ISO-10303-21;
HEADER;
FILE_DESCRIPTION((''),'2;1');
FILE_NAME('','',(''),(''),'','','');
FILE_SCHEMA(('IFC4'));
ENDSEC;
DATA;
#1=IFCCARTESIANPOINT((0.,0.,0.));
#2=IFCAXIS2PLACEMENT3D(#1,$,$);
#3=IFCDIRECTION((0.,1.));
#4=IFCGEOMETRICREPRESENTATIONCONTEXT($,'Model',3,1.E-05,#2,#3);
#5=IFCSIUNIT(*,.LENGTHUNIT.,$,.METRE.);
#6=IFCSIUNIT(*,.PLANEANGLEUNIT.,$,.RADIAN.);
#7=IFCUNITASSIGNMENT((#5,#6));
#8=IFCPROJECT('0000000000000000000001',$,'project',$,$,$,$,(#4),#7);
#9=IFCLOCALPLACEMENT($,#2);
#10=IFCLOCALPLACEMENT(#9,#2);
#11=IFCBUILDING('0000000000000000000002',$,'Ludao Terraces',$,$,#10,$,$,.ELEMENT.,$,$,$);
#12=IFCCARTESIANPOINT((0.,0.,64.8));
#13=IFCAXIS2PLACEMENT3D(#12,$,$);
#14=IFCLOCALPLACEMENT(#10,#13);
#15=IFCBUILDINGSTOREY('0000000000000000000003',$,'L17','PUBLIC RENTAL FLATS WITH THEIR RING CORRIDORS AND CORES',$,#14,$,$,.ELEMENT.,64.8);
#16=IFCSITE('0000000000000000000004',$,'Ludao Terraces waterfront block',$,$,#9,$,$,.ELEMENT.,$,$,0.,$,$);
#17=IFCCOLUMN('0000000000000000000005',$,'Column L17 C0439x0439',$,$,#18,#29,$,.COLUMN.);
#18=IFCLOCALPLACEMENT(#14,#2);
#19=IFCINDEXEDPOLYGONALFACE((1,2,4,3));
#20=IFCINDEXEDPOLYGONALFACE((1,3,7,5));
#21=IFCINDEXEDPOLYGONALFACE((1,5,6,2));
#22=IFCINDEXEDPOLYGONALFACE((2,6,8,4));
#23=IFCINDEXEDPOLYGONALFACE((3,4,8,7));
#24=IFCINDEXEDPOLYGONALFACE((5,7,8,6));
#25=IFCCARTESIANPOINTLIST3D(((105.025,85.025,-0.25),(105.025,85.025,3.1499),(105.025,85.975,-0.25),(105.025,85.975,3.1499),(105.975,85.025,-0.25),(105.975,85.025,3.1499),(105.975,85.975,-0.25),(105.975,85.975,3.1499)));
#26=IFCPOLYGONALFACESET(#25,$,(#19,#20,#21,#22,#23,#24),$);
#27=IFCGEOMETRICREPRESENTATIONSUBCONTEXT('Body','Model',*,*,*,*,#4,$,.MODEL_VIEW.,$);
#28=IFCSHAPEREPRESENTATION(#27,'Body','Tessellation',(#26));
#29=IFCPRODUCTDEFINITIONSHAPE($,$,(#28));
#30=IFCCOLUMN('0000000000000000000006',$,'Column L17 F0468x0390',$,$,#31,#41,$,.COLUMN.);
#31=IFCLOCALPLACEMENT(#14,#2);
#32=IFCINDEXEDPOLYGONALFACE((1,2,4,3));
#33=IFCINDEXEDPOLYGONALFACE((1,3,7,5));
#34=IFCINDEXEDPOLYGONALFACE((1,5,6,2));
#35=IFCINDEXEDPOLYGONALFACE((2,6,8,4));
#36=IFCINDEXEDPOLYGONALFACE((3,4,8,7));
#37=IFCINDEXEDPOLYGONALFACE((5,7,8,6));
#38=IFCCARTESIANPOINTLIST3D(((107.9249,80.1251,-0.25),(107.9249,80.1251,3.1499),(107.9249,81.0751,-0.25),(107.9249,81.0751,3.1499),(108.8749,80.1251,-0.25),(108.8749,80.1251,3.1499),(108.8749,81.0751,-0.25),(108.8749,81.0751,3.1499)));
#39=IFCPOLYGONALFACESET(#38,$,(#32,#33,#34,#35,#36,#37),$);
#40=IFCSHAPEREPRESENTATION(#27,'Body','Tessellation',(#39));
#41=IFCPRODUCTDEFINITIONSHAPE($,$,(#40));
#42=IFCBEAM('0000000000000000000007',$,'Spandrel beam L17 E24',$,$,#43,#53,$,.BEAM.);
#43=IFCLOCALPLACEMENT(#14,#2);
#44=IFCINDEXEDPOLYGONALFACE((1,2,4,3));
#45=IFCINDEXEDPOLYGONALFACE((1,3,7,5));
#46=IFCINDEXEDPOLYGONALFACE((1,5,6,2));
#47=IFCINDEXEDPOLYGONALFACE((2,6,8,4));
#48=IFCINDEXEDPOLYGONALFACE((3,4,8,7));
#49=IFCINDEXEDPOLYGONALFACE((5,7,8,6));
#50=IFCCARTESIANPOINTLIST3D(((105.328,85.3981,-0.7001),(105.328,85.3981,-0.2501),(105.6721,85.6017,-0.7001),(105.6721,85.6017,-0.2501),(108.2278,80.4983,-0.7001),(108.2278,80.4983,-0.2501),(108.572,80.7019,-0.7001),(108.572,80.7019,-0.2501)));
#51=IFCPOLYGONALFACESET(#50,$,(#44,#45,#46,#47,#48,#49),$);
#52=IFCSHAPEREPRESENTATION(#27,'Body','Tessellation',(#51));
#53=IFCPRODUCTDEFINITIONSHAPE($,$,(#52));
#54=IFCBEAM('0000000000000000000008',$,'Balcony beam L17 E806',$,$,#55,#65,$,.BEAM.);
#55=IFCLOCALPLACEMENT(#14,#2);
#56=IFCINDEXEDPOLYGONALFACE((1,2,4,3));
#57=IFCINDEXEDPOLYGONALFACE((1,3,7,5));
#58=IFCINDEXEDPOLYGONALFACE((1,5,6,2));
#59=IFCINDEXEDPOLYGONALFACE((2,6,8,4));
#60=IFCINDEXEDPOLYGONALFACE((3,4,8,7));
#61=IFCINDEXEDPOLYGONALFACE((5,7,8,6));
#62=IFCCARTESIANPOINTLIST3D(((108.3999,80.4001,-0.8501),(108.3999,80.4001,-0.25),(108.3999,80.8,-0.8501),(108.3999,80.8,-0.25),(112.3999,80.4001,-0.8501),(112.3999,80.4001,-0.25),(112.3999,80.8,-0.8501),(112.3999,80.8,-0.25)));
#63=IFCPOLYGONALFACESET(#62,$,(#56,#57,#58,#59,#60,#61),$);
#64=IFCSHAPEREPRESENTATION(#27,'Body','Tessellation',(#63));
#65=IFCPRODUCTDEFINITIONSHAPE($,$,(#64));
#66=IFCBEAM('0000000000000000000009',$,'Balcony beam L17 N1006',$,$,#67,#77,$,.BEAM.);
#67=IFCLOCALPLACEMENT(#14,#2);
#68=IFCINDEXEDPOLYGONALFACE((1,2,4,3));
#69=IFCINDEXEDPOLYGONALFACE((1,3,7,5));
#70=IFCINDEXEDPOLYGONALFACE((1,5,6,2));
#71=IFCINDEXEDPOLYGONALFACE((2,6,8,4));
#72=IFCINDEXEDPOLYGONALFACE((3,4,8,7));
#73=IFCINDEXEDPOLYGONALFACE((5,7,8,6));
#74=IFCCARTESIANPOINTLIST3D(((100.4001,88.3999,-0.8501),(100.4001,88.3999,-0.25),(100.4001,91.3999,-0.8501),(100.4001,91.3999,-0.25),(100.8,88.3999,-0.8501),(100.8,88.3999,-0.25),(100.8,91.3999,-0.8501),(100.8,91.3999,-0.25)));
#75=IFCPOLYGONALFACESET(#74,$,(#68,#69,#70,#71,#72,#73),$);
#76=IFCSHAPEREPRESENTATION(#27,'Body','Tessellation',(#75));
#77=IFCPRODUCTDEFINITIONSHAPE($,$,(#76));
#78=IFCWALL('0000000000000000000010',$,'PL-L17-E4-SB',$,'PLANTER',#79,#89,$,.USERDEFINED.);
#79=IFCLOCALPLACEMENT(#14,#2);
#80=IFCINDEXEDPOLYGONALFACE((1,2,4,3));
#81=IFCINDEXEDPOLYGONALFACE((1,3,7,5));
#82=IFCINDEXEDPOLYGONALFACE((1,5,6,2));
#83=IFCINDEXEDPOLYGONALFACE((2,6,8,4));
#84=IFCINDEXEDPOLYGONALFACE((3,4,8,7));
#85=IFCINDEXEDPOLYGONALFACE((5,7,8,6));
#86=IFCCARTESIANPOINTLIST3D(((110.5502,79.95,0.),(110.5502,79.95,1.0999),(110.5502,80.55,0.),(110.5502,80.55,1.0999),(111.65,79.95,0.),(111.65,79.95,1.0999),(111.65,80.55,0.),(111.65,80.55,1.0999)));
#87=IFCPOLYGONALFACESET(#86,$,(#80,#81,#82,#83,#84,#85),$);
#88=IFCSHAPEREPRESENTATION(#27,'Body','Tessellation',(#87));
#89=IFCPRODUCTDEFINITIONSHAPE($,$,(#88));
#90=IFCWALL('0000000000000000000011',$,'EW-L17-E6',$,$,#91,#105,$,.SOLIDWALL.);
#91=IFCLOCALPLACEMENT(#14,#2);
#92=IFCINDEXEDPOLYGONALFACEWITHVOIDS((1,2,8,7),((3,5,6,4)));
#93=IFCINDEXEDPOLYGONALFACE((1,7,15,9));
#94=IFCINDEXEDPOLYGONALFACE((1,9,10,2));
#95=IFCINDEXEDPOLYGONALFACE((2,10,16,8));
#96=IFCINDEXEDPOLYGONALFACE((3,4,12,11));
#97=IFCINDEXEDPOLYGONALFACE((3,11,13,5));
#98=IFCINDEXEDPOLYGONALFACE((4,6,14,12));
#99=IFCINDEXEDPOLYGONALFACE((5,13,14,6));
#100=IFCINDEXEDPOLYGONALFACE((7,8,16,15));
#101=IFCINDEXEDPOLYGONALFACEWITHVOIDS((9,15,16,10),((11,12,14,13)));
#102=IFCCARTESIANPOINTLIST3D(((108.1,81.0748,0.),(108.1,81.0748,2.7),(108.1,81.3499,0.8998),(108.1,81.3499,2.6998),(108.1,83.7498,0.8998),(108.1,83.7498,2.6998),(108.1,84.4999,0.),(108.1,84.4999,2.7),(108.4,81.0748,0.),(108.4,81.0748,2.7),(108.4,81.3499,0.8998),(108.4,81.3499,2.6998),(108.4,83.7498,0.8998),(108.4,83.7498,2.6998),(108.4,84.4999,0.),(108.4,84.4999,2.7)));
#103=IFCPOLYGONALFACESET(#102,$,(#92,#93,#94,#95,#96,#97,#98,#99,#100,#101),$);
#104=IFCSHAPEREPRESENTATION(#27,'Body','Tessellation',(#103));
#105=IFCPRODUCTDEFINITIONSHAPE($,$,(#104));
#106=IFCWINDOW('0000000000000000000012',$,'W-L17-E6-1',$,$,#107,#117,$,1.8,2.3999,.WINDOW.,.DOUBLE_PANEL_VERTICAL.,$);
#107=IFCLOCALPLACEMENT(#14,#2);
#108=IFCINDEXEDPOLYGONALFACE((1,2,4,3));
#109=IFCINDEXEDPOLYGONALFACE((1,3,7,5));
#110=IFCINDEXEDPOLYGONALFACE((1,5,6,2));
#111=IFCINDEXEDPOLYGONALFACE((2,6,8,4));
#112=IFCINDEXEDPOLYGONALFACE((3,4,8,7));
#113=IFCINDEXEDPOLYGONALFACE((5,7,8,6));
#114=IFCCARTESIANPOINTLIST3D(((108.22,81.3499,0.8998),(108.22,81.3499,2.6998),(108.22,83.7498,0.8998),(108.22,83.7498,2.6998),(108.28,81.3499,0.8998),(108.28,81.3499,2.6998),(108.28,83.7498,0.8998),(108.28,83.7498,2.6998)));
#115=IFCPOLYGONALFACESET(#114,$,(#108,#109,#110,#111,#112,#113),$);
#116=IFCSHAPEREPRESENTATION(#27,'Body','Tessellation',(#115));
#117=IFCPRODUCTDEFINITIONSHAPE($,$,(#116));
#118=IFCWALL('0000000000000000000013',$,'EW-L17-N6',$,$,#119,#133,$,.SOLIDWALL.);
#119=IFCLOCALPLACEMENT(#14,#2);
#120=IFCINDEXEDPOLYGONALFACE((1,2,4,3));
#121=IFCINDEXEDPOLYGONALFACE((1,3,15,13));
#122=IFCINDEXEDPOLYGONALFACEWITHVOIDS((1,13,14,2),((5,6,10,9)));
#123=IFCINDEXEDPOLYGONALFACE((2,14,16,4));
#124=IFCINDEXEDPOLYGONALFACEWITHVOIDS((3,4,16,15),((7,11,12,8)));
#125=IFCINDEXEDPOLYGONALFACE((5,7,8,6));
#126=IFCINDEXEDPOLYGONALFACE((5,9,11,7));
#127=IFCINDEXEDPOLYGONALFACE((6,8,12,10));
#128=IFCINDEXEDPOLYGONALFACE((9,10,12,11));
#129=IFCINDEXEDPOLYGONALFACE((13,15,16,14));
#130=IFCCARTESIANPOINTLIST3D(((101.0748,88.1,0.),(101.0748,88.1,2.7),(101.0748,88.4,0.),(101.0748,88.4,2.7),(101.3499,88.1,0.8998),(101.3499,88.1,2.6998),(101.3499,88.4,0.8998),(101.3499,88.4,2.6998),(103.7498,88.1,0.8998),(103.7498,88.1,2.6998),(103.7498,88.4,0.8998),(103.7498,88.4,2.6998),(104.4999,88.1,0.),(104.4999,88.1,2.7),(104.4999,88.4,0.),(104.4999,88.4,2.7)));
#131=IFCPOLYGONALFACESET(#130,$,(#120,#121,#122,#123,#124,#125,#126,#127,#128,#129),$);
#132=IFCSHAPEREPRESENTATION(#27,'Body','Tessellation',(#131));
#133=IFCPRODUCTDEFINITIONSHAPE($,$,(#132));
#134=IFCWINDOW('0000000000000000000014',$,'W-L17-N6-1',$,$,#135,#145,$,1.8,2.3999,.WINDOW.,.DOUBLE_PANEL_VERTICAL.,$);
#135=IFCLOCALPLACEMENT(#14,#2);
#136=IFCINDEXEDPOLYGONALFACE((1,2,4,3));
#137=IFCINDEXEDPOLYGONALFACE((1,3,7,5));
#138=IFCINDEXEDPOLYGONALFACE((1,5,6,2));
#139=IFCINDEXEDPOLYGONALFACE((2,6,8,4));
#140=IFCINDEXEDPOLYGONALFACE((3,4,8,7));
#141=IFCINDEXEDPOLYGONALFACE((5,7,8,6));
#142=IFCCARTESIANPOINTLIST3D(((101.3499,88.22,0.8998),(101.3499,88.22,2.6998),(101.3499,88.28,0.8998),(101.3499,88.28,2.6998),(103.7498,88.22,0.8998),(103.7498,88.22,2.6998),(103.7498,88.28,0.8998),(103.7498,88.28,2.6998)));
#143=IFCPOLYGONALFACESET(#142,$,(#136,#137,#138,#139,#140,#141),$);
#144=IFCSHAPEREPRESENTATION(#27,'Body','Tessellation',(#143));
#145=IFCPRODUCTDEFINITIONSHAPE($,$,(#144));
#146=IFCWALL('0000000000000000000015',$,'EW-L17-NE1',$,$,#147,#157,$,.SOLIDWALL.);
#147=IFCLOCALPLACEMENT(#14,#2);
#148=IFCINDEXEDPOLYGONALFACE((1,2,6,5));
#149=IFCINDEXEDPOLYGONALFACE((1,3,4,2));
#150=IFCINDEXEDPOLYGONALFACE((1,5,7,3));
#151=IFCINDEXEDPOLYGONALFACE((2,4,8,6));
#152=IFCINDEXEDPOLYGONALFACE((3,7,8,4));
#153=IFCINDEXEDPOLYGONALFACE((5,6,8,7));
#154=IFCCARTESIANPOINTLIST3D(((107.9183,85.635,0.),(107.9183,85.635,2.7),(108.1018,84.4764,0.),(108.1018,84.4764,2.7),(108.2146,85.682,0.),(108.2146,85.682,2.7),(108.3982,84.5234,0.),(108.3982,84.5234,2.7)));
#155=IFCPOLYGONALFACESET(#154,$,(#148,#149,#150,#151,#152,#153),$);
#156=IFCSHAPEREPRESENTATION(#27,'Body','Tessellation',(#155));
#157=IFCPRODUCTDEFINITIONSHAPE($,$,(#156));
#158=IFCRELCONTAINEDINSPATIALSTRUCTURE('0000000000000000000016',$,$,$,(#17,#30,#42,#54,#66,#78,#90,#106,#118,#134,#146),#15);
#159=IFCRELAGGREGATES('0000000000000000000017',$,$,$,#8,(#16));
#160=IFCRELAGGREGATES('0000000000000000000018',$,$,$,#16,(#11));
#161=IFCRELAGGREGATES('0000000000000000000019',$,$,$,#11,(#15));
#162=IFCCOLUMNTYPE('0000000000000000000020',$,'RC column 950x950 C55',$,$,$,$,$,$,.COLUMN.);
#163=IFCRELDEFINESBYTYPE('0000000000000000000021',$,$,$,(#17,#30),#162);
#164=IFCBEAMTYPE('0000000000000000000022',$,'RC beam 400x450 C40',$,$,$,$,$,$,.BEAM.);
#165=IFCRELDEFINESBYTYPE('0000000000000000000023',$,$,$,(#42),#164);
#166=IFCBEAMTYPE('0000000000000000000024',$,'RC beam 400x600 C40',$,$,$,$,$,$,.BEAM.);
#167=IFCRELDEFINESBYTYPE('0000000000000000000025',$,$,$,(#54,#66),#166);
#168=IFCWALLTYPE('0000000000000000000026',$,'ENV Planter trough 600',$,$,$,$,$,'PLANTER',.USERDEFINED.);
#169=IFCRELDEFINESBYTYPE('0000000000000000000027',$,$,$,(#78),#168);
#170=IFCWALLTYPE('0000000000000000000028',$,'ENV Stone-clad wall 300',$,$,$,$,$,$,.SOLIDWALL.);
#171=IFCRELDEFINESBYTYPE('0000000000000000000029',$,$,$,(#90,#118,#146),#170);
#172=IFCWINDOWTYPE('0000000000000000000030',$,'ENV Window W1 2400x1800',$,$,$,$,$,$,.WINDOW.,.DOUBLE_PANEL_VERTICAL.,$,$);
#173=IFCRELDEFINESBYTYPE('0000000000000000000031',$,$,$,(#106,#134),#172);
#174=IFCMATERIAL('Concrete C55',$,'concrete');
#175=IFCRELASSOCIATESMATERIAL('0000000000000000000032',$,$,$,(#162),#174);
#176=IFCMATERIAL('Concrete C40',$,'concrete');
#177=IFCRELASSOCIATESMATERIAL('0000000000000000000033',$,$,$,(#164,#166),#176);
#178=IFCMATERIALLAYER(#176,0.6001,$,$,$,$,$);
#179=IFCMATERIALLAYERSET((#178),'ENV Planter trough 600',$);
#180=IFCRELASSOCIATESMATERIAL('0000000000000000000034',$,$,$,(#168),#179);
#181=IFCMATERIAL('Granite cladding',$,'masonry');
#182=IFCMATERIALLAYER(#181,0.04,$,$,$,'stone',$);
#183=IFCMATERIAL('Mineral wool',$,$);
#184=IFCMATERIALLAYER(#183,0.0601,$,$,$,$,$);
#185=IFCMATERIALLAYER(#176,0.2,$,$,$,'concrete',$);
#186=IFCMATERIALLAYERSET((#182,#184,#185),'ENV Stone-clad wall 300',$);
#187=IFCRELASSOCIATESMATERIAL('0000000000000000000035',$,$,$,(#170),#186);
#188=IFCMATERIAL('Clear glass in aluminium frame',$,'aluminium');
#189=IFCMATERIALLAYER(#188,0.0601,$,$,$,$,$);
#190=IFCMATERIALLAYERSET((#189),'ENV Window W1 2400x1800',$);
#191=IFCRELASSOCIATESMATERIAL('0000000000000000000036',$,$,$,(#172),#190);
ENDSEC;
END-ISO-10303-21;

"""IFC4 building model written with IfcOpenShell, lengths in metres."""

from ifc_helpers import new_model, si_unit, direction, frame, frame_2d, origin, origin_2d, place, context, subcontext, project, spatial, rectangle, extrude, material, layer, layer_set, material_profile, profile_set, type_object, element, fill, save


model = new_model("IFC4")

# Units and contexts
model_context = context("Model", 3, precision=1e-05, world=origin(), true_north=direction((0.0, 1.0)))
body_context = subcontext(model_context, "Body", "Model", "MODEL_VIEW")
ifc_project = project(units=[si_unit("LENGTHUNIT", "METRE"), si_unit("PLANEANGLEUNIT", "RADIAN")], contexts=[model_context])

# Site, building, storey
site_placement = place(None, origin())
site = spatial("IfcSite", under=ifc_project, at=site_placement, Name="Ludao Terraces waterfront block", CompositionType="ELEMENT", RefElevation=0.0)
building_placement = place(site_placement, origin())
building = spatial("IfcBuilding", under=site, at=building_placement, Name="Ludao Terraces", CompositionType="ELEMENT")
storey_placement = place(building_placement, frame((0.0, 0.0, 64.8)))
storey = spatial("IfcBuildingStorey", under=building, at=storey_placement, Name="L17", Description="PUBLIC RENTAL FLATS WITH THEIR RING CORRIDORS AND CORES", CompositionType="ELEMENT", Elevation=64.8)

# Columns
ifc_material_1 = material(Name="Concrete C55", Category="concrete")
ifc_material_profile_1 = material_profile(ifc_material_1, rectangle(XDim=0.95, YDim=0.95, at=origin_2d()), Name="950 X 950")
ifc_profile_set_1 = profile_set([ifc_material_profile_1], Name="Concrete C55")
column_type = type_object("IfcColumnType", Name="RC column 950x950 C55", PredefinedType="COLUMN", material=ifc_profile_set_1)
for number, where, z_axis, x_axis, name in (
    (1, (105.5, 85.5, -0.25), (0.0, 0.0, 1.0), (1.0, 0.0, 0.0), "Column L17 C0439x0439"),
    (2, (108.3999, 80.6001, -0.25), (0.0, 0.0, 1.0), (1.0, 0.0, 0.0), "Column L17 F0468x0390"),
):
    element("IfcColumn", number, at=place(storey_placement, frame(where, z_axis=z_axis, x_axis=x_axis)), inside=storey, type_object=column_type, Name=name, PredefinedType="COLUMN", context=body_context, shape_type="SweptSolid", body=[
        extrude(rectangle(XDim=0.95, YDim=0.95, at=origin_2d()), origin(), (0.0, 0.0, 1.0), 3.3999),
    ])

# Beams
ifc_material_2 = material(Name="Concrete C40", Category="concrete")
ifc_material_profile_2 = material_profile(ifc_material_2, rectangle(XDim=0.3999, YDim=0.45, at=origin_2d()), Name="400 X 450")
ifc_profile_set_2 = profile_set([ifc_material_profile_2], Name="Concrete C40")
beam_type_1 = type_object("IfcBeamType", Name="RC beam 400x450 C40", PredefinedType="BEAM", material=ifc_profile_set_2)
beam_1_placement = place(storey_placement, frame((108.3999, 80.6001, -0.4751), z_axis=(-0.509316, 0.86058, 0.0), x_axis=(-0.86058, -0.509316, 0.0)))
element("IfcBeam", 3, at=beam_1_placement, inside=storey, type_object=beam_type_1, Name="Spandrel beam L17 E24", PredefinedType="BEAM", context=body_context, shape_type="SweptSolid", body=[
    extrude(rectangle(XDim=0.3999, YDim=0.45, at=origin_2d()), origin(), (0.0, 0.0, 1.0), 5.6936),
])
ifc_material_profile_3 = material_profile(ifc_material_2, rectangle(XDim=0.3999, YDim=0.6001, at=origin_2d()), Name="400 X 600")
ifc_profile_set_3 = profile_set([ifc_material_profile_3], Name="Concrete C40")
beam_type_2 = type_object("IfcBeamType", Name="RC beam 400x600 C40", PredefinedType="BEAM", material=ifc_profile_set_3)
beam_2_placement = place(storey_placement, frame((108.3999, 80.6001, -0.55), z_axis=(1.0, 0.0, 0.0), x_axis=(0.0, 1.0, 0.0)))
element("IfcBeam", 4, at=beam_2_placement, inside=storey, type_object=beam_type_2, Name="Balcony beam L17 E806", PredefinedType="BEAM", context=body_context, shape_type="SweptSolid", body=[
    extrude(rectangle(XDim=0.3999, YDim=0.6001, at=origin_2d()), origin(), (0.0, 0.0, 1.0), 4.0),
])
beam_3_placement = place(storey_placement, frame((100.6001, 88.3999, -0.55), z_axis=(0.0, 1.0, 0.0), x_axis=(-1.0, 0.0, 0.0)))
element("IfcBeam", 5, at=beam_3_placement, inside=storey, type_object=beam_type_2, Name="Balcony beam L17 N1006", PredefinedType="BEAM", context=body_context, shape_type="SweptSolid", body=[
    extrude(rectangle(XDim=0.3999, YDim=0.6001, at=origin_2d()), origin(), (0.0, 0.0, 1.0), 3.0),
])

# Wall
ifc_layer_1 = layer(ifc_material_2, 0.6001)
ifc_layer_set_1 = layer_set([ifc_layer_1], Name="ENV Planter trough 600")
wall_type_1 = type_object("IfcWallType", Name="ENV Planter trough 600", ElementType="PLANTER", PredefinedType="USERDEFINED", material=ifc_layer_set_1)
wall_1_placement = place(storey_placement, frame((111.6499, 80.25, 0.0), z_axis=(0.0, 0.0, 1.0), x_axis=(-1.0, 0.0, 0.0)))
element("IfcWall", 6, at=wall_1_placement, inside=storey, type_object=wall_type_1, Name="PL-L17-E4-SB", ObjectType="PLANTER", PredefinedType="USERDEFINED", context=body_context, shape_type="SweptSolid", body=[
    extrude(rectangle(XDim=1.0999, YDim=0.6001, at=frame_2d((0.5498, 0.0))), origin(), (0.0, 0.0, 1.0), 1.0999),
])

# Walls, openings, windows
ifc_material_3 = material(Name="Granite cladding", Category="masonry")
ifc_layer_2 = layer(ifc_material_3, 0.04, Category="stone")
ifc_material_4 = material(Name="Mineral wool")
ifc_layer_3 = layer(ifc_material_4, 0.0601)
ifc_layer_4 = layer(ifc_material_2, 0.2, Category="concrete")
ifc_layer_set_2 = layer_set([ifc_layer_2, ifc_layer_3, ifc_layer_4], Name="ENV Stone-clad wall 300")
wall_type_2 = type_object("IfcWallType", Name="ENV Stone-clad wall 300", PredefinedType="SOLIDWALL", material=ifc_layer_set_2)
wall_2_placement = place(storey_placement, frame((108.25, 81.075, 0.0), z_axis=(0.0, 0.0, 1.0), x_axis=(0.0, 1.0, 0.0)))
wall_2 = element("IfcWall", 7, at=wall_2_placement, inside=storey, type_object=wall_type_2, Name="EW-L17-E6", PredefinedType="SOLIDWALL", context=body_context, shape_type="SweptSolid", body=[
    extrude(rectangle(XDim=3.425, YDim=0.3, at=frame_2d((1.7124, 0.0))), origin(), (0.0, 0.0, 1.0), 2.7),
])
opening_1_placement = place(wall_2_placement, frame((0.2749, 0.0, 0.8999)))
opening_1 = element("IfcOpeningElement", 8, at=opening_1_placement, cuts=wall_2, PredefinedType="OPENING", context=body_context, shape_type="SweptSolid", body=[
    extrude(rectangle(XDim=2.3999, YDim=1.8, at=frame_2d((1.2, 0.8999))), frame((0.0, 0.1602, 0.0), z_axis=(0.0, -1.0, 0.0), x_axis=(1.0, 0.0, 0.0)), (0.0, 0.0, 1.0), 0.3201),
])
ifc_material_5 = material(Name="Clear glass in aluminium frame", Category="aluminium")
ifc_layer_5 = layer(ifc_material_5, 0.0601)
ifc_layer_set_3 = layer_set([ifc_layer_5], Name="ENV Window W1 2400x1800")
window_type_1 = type_object("IfcWindowType", Name="ENV Window W1 2400x1800", PartitioningType="DOUBLE_PANEL_VERTICAL", PredefinedType="WINDOW", material=ifc_layer_set_3)
window_1_placement = place(opening_1_placement, origin())
window_1 = element("IfcWindow", 9, at=window_1_placement, inside=storey, type_object=window_type_1, Name="W-L17-E6-1", OverallHeight=1.8, OverallWidth=2.3999, PartitioningType="DOUBLE_PANEL_VERTICAL", PredefinedType="WINDOW", context=body_context, shape_type="SweptSolid", body=[
    extrude(rectangle(XDim=2.3999, YDim=1.8, at=frame_2d((1.2, 0.8999))), frame((0.0, 0.03, 0.0), z_axis=(0.0, -1.0, 0.0), x_axis=(1.0, 0.0, 0.0)), (0.0, 0.0, 1.0), 0.0601),
])
fill(opening_1, window_1)
wall_3_placement = place(storey_placement, frame((101.075, 88.25, 0.0), z_axis=(0.0, 0.0, 1.0), x_axis=(1.0, 0.0, 0.0)))
wall_3 = element("IfcWall", 10, at=wall_3_placement, inside=storey, type_object=wall_type_2, Name="EW-L17-N6", PredefinedType="SOLIDWALL", context=body_context, shape_type="SweptSolid", body=[
    extrude(rectangle(XDim=3.425, YDim=0.3, at=frame_2d((1.7124, 0.0))), origin(), (0.0, 0.0, 1.0), 2.7),
])
opening_2_placement = place(wall_3_placement, frame((0.2749, 0.0, 0.8999)))
opening_2 = element("IfcOpeningElement", 11, at=opening_2_placement, cuts=wall_3, PredefinedType="OPENING", context=body_context, shape_type="SweptSolid", body=[
    extrude(rectangle(XDim=2.3999, YDim=1.8, at=frame_2d((1.2, 0.8999))), frame((0.0, 0.1602, 0.0), z_axis=(0.0, -1.0, 0.0), x_axis=(1.0, 0.0, 0.0)), (0.0, 0.0, 1.0), 0.3201),
])
window_2_placement = place(opening_2_placement, origin())
window_2 = element("IfcWindow", 12, at=window_2_placement, inside=storey, type_object=window_type_1, Name="W-L17-N6-1", OverallHeight=1.8, OverallWidth=2.3999, PartitioningType="DOUBLE_PANEL_VERTICAL", PredefinedType="WINDOW", context=body_context, shape_type="SweptSolid", body=[
    extrude(rectangle(XDim=2.3999, YDim=1.8, at=frame_2d((1.2, 0.8999))), frame((0.0, 0.03, 0.0), z_axis=(0.0, -1.0, 0.0), x_axis=(1.0, 0.0, 0.0)), (0.0, 0.0, 1.0), 0.0601),
])
fill(opening_2, window_2)

# Wall
wall_4_placement = place(storey_placement, frame((108.25, 84.5, 0.0), z_axis=(0.0, 0.0, 1.0), x_axis=(-0.156497, 0.987678, 0.0)))
element("IfcWall", 13, at=wall_4_placement, inside=storey, type_object=wall_type_2, Name="EW-L17-NE1", PredefinedType="SOLIDWALL", context=body_context, shape_type="SweptSolid", body=[
    extrude(rectangle(XDim=1.1731, YDim=0.3, at=frame_2d((0.5864, 0.0))), origin(), (0.0, 0.0, 1.0), 2.7),
])

save(model, "model.ifc")
